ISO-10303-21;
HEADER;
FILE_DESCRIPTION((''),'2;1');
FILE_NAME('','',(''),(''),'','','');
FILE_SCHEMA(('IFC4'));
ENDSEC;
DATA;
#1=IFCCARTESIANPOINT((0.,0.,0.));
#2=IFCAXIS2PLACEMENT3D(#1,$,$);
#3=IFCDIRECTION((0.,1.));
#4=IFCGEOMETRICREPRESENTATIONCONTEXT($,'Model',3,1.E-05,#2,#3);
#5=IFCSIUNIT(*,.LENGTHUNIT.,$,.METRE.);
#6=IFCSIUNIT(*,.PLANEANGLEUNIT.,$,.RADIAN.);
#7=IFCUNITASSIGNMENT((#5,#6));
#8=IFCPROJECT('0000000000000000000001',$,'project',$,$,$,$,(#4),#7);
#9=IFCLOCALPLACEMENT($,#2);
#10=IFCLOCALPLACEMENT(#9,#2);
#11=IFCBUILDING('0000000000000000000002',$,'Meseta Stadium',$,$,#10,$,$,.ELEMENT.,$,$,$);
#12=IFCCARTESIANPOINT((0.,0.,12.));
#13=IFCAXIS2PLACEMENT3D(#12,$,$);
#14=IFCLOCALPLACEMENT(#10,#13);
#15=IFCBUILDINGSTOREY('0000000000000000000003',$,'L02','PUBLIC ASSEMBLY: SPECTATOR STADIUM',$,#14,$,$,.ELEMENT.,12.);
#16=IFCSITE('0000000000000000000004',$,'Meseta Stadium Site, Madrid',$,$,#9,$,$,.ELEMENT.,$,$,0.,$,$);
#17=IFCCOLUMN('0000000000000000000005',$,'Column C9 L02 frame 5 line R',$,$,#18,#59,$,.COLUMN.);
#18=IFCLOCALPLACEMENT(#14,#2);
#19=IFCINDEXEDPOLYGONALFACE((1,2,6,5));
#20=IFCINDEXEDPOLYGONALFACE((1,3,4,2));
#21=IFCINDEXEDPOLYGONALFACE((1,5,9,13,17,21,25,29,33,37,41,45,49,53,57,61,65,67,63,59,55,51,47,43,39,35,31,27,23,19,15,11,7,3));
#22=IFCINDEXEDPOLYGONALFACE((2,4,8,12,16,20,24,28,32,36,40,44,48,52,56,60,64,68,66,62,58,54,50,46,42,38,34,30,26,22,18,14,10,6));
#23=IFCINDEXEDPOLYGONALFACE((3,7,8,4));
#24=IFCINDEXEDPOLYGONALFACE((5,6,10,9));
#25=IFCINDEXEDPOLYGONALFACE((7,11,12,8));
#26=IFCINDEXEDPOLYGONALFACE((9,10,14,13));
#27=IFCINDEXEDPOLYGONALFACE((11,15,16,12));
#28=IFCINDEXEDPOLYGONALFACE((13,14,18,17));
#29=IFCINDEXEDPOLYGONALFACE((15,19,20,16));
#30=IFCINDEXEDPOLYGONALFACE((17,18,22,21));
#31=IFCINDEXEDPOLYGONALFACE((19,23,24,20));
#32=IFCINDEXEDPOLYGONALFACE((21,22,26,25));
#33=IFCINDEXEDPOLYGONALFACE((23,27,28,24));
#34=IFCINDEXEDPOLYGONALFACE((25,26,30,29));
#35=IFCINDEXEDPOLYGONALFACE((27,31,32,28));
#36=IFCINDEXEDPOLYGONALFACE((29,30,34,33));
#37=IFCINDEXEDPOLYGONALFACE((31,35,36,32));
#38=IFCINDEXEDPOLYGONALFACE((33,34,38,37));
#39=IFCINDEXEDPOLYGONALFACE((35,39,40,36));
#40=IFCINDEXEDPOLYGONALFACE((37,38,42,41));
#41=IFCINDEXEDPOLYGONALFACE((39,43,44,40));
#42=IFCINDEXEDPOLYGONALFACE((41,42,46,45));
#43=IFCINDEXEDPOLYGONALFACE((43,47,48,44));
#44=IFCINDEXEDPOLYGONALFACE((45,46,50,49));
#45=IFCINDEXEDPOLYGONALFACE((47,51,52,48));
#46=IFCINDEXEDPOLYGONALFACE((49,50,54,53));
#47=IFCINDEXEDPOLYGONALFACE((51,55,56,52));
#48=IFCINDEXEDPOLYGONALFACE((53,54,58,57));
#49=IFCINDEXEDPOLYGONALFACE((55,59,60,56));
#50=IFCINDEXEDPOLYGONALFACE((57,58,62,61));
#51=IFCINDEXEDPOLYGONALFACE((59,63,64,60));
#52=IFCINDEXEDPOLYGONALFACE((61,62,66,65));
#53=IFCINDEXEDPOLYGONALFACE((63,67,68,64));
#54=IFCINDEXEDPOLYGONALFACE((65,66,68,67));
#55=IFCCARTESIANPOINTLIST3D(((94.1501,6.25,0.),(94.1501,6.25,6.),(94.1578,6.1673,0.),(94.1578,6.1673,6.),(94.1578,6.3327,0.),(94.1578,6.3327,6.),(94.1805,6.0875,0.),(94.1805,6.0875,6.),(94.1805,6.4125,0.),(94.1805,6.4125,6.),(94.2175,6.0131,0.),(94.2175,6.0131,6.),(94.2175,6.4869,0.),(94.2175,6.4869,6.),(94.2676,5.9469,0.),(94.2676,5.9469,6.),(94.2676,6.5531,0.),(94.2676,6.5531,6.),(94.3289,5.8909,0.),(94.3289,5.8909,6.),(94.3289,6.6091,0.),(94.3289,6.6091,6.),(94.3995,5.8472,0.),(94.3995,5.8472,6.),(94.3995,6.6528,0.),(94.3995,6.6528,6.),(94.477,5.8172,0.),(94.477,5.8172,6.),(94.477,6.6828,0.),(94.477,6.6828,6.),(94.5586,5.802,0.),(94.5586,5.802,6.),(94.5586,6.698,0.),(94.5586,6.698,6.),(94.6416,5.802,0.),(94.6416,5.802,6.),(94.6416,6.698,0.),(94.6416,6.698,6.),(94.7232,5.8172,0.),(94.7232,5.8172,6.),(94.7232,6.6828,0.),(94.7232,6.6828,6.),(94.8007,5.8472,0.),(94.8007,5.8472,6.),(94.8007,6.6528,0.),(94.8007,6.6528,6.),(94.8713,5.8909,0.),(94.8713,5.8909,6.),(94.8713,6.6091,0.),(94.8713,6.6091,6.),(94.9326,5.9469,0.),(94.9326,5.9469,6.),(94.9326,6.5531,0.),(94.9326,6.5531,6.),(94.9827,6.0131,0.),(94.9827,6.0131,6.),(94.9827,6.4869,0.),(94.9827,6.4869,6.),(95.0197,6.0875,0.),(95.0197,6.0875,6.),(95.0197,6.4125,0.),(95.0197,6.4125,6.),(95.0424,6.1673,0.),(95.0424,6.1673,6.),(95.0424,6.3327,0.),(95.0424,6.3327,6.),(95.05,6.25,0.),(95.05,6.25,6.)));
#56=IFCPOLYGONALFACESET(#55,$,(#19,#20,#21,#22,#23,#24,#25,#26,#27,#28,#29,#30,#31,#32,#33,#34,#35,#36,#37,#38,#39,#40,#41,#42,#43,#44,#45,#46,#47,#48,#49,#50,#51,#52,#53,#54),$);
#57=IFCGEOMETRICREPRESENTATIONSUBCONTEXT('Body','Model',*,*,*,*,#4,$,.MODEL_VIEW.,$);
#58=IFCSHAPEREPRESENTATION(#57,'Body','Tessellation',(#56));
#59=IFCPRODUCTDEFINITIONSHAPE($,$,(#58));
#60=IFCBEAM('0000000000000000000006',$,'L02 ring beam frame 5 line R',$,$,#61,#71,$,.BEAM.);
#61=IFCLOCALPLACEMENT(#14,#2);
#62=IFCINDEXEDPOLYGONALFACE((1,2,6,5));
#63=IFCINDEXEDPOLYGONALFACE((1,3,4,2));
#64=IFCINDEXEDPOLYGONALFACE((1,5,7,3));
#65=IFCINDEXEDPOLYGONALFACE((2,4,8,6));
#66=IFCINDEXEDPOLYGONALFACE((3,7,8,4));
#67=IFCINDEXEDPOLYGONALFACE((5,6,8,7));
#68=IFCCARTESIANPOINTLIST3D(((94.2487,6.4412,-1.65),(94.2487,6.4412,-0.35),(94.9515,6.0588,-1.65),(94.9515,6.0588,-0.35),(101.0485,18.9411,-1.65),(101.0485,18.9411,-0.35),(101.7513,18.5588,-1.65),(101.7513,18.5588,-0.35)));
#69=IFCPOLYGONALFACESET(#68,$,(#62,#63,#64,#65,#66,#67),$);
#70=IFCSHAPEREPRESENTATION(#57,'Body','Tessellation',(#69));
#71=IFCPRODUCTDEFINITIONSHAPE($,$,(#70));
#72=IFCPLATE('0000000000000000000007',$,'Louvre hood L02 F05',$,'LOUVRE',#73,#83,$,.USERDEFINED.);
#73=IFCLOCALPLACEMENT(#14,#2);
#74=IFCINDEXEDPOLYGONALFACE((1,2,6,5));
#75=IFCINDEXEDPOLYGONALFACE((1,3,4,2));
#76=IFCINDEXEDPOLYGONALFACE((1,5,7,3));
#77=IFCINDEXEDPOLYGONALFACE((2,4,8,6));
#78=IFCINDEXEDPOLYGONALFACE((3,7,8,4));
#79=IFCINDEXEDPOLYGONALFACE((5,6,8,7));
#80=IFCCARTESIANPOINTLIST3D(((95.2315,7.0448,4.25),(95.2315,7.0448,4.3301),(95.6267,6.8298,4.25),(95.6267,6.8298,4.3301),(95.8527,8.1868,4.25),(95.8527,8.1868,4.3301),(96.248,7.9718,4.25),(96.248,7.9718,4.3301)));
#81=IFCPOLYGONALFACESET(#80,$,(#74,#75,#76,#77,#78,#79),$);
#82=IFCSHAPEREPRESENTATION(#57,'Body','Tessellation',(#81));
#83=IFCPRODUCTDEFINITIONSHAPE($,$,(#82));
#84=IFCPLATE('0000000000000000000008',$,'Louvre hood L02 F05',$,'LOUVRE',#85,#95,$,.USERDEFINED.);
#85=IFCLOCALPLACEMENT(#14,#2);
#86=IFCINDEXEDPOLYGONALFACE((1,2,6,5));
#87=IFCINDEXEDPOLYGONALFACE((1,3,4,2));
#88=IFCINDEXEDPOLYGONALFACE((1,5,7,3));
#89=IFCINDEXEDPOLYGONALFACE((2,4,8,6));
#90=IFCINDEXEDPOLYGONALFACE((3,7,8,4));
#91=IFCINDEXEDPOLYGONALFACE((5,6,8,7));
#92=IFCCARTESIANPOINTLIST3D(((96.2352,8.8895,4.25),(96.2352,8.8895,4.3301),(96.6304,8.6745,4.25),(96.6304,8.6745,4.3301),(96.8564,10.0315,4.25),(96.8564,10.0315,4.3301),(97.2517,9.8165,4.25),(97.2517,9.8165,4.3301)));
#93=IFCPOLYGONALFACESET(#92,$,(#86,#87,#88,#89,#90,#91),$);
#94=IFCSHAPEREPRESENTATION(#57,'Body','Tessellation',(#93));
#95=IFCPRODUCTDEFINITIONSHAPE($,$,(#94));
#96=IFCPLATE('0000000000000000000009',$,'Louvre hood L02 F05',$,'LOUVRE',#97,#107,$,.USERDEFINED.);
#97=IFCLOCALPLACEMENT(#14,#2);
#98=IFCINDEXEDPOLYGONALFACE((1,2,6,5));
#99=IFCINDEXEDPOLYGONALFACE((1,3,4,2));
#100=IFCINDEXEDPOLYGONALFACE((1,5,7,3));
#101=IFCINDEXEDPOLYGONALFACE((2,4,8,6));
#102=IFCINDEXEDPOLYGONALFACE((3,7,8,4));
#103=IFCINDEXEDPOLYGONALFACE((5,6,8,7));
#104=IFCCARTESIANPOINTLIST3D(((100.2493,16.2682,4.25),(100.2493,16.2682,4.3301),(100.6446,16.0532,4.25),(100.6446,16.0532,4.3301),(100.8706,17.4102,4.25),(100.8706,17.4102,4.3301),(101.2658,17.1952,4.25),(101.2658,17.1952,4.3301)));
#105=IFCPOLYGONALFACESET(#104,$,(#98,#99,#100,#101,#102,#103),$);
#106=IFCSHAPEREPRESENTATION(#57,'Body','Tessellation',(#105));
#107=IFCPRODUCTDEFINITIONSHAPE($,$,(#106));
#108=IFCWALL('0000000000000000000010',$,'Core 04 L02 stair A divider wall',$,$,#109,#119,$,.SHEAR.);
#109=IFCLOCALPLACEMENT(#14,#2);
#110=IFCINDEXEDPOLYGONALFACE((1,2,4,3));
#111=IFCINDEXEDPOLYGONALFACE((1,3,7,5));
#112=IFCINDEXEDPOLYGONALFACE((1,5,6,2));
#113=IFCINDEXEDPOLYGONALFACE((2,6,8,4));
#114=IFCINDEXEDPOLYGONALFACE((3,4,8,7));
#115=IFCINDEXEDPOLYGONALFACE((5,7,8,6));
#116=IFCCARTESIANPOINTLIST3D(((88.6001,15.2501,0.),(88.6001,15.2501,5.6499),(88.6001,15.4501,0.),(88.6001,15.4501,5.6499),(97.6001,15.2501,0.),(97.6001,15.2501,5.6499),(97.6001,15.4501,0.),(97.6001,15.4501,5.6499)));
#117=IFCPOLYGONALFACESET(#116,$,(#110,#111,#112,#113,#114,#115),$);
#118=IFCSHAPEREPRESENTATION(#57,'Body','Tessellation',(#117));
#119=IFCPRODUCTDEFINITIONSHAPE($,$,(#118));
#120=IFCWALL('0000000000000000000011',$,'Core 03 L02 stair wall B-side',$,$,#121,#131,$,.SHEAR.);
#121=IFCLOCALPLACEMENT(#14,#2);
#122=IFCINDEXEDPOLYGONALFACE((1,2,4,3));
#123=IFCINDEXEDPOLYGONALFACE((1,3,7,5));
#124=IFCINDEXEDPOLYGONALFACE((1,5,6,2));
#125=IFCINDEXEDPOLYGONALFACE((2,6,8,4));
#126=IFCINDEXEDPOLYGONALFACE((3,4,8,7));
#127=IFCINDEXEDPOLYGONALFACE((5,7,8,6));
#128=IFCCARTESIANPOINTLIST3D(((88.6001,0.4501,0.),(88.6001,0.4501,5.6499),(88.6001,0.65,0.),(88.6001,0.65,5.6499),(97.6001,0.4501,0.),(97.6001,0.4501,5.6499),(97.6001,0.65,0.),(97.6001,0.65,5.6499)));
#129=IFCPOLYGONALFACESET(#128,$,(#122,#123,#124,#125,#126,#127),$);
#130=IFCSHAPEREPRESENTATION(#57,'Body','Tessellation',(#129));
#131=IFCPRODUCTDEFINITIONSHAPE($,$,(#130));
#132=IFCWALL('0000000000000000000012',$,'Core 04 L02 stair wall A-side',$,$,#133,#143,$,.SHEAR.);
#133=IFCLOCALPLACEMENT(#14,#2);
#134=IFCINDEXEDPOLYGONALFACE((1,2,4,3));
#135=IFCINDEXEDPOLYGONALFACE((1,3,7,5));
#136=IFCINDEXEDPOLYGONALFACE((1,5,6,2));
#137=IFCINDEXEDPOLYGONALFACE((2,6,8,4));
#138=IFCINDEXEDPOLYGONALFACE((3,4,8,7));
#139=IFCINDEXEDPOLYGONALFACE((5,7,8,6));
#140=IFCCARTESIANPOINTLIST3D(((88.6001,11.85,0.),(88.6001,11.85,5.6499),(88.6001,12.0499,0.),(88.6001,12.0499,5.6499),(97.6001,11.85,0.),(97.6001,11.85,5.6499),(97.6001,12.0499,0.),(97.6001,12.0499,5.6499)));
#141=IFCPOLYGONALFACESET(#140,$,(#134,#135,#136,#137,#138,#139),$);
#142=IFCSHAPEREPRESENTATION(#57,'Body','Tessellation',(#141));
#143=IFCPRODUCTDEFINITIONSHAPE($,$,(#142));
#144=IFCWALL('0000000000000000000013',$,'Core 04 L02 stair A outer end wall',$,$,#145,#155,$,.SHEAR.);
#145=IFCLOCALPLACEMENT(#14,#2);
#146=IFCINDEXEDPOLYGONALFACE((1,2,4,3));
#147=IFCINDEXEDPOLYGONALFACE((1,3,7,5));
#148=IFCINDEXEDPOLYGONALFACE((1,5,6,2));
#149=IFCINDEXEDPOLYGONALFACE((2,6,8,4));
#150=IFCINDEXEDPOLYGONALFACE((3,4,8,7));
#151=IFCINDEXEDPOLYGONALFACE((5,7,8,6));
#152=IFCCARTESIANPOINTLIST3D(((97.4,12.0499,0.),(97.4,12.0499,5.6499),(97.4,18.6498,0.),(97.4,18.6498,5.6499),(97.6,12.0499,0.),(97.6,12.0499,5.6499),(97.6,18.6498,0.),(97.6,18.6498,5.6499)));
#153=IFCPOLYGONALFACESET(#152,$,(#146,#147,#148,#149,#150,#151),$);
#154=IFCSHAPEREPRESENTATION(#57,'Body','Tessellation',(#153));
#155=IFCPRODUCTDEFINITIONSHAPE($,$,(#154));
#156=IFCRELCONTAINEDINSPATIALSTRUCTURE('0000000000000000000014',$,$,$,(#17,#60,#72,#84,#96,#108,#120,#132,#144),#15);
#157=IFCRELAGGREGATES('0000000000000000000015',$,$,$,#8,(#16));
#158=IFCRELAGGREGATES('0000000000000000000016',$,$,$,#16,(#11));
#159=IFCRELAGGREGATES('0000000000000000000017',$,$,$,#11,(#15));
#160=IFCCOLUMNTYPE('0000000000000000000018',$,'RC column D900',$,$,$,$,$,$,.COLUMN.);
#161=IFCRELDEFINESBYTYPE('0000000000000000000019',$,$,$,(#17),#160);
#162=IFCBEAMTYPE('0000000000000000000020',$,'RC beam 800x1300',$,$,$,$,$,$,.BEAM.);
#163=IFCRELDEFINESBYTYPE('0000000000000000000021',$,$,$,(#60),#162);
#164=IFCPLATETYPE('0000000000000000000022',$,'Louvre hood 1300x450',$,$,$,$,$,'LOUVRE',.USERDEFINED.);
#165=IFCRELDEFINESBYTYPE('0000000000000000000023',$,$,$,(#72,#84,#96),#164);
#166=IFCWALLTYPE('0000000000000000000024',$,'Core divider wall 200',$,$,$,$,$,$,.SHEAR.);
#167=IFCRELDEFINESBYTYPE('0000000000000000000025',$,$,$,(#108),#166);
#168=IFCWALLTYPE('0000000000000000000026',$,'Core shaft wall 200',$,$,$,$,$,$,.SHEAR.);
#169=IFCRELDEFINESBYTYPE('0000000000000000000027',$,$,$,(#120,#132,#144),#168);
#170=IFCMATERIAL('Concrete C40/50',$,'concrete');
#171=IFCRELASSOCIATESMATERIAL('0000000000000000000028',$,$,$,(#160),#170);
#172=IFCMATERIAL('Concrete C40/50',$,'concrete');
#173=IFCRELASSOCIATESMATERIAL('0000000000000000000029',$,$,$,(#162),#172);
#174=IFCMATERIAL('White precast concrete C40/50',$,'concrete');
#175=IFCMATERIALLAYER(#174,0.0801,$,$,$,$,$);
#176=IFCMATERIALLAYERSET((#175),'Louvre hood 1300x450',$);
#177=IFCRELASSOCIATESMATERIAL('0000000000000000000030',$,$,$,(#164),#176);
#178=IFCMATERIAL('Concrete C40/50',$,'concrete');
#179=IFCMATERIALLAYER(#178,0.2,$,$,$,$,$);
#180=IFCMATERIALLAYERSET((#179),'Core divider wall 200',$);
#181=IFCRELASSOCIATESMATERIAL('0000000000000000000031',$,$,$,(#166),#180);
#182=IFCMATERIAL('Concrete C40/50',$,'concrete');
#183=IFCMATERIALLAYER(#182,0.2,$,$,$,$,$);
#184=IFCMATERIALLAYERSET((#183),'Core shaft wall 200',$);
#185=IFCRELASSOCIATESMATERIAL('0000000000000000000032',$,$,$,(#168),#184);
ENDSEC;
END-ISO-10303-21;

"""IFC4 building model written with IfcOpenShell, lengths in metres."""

from ifc_helpers import new_model, si_unit, direction, frame, frame_2d, origin, origin_2d, place, context, subcontext, project, spatial, rectangle, circle, extrude, material, layer, layer_set, material_profile, profile_set, type_object, element, save


model = new_model("IFC4")

# Units and contexts
model_context = context("Model", 3, precision=1e-05, world=origin(), true_north=direction((0.0, 1.0)))
body_context = subcontext(model_context, "Body", "Model", "MODEL_VIEW")
ifc_project = project(units=[si_unit("LENGTHUNIT", "METRE"), si_unit("PLANEANGLEUNIT", "RADIAN")], contexts=[model_context])

# Site, building, storey
site_placement = place(None, origin())
site = spatial("IfcSite", under=ifc_project, at=site_placement, Name="Meseta Stadium Site, Madrid", CompositionType="ELEMENT", RefElevation=0.0)
building_placement = place(site_placement, origin())
building = spatial("IfcBuilding", under=site, at=building_placement, Name="Meseta Stadium", CompositionType="ELEMENT")
storey_placement = place(building_placement, frame((0.0, 0.0, 12.0)))
storey = spatial("IfcBuildingStorey", under=building, at=storey_placement, Name="L02", Description="PUBLIC ASSEMBLY: SPECTATOR STADIUM", CompositionType="ELEMENT", Elevation=12.0)

# Column
ifc_material_1 = material(Name="Concrete C40/50", Category="concrete")
ifc_material_profile_1 = material_profile(ifc_material_1, circle(Radius=0.45, at=origin_2d()), Name="RC D900")
ifc_profile_set_1 = profile_set([ifc_material_profile_1], Name="Concrete C40/50")
column_type = type_object("IfcColumnType", Name="RC column D900", PredefinedType="COLUMN", material=ifc_profile_set_1)
column_placement = place(storey_placement, frame((94.6001, 6.25, 0.0), z_axis=(0.0, 0.0, 1.0), x_axis=(1.0, 0.0, 0.0)))
element("IfcColumn", 1, at=column_placement, inside=storey, type_object=column_type, Name="Column C9 L02 frame 5 line R", PredefinedType="COLUMN", context=body_context, shape_type="SweptSolid", body=[
    extrude(circle(Radius=0.45, at=origin_2d()), origin(), (0.0, 0.0, 1.0), 6.0),
])

# Beam
ifc_material_2 = material(Name="Concrete C40/50", Category="concrete")
ifc_material_profile_2 = material_profile(ifc_material_2, rectangle(XDim=0.8, YDim=1.3, at=origin_2d()), Name="RC 800x1300")
ifc_profile_set_2 = profile_set([ifc_material_profile_2], Name="Concrete C40/50")
beam_type = type_object("IfcBeamType", Name="RC beam 800x1300", PredefinedType="BEAM", material=ifc_profile_set_2)
beam_placement = place(storey_placement, frame((94.6001, 6.25, -1.0), z_axis=(0.477856, 0.878438, 0.0), x_axis=(-0.878438, 0.477856, 0.0)))
element("IfcBeam", 2, at=beam_placement, inside=storey, type_object=beam_type, Name="L02 ring beam frame 5 line R", PredefinedType="BEAM", context=body_context, shape_type="SweptSolid", body=[
    extrude(rectangle(XDim=0.8, YDim=1.3, at=origin_2d()), origin(), (0.0, 0.0, 1.0), 14.2297),
])

# Plates
ifc_material_3 = material(Name="White precast concrete C40/50", Category="concrete")
ifc_layer_1 = layer(ifc_material_3, 0.0801)
ifc_layer_set_1 = layer_set([ifc_layer_1], Name="Louvre hood 1300x450")
plate_type = type_object("IfcPlateType", Name="Louvre hood 1300x450", ElementType="LOUVRE", PredefinedType="USERDEFINED", material=ifc_layer_set_1)
for number, where, z_axis, x_axis, name in (
    (3, (95.7397, 7.5083, 4.25), (0.0, 0.0, 1.0), (0.477867, 0.878432, 0.0), "Louvre hood L02 F05"),
    (4, (96.7434, 9.353, 4.25), (0.0, 0.0, 1.0), (0.477867, 0.878432, 0.0), "Louvre hood L02 F05"),
    (5, (100.7576, 16.7317, 4.25), (0.0, 0.0, 1.0), (0.477867, 0.878432, 0.0), "Louvre hood L02 F05"),
):
    element("IfcPlate", number, at=place(storey_placement, frame(where, z_axis=z_axis, x_axis=x_axis)), inside=storey, type_object=plate_type, Name=name, ObjectType="LOUVRE", PredefinedType="USERDEFINED", context=body_context, shape_type="SweptSolid", body=[
        extrude(rectangle(XDim=1.3, YDim=0.45, at=origin_2d()), origin(), (0.0, 0.0, 1.0), 0.0801),
    ])

# Walls
ifc_material_4 = material(Name="Concrete C40/50", Category="concrete")
ifc_layer_2 = layer(ifc_material_4, 0.2)
ifc_layer_set_2 = layer_set([ifc_layer_2], Name="Core divider wall 200")
wall_type_1 = type_object("IfcWallType", Name="Core divider wall 200", PredefinedType="SHEAR", material=ifc_layer_set_2)
wall_1_placement = place(storey_placement, frame((97.6001, 15.3501, 0.0), z_axis=(0.0, 0.0, 1.0), x_axis=(-1.0, 0.0, 0.0)))
element("IfcWall", 6, at=wall_1_placement, inside=storey, type_object=wall_type_1, Name="Core 04 L02 stair A divider wall", PredefinedType="SHEAR", context=body_context, shape_type="SweptSolid", body=[
    extrude(rectangle(XDim=9.0, YDim=0.2, at=frame_2d((4.5, 0.0))), origin(), (0.0, 0.0, 1.0), 5.6499),
])
ifc_material_5 = material(Name="Concrete C40/50", Category="concrete")
ifc_layer_3 = layer(ifc_material_5, 0.2)
ifc_layer_set_3 = layer_set([ifc_layer_3], Name="Core shaft wall 200")
wall_type_2 = type_object("IfcWallType", Name="Core shaft wall 200", PredefinedType="SHEAR", material=ifc_layer_set_3)
for number, where, z_axis, x_axis, name in (
    (7, (97.6001, 0.55, 0.0), (0.0, 0.0, 1.0), (-1.0, 0.0, 0.0), "Core 03 L02 stair wall B-side"),
    (8, (97.6001, 11.95, 0.0), (0.0, 0.0, 1.0), (-1.0, 0.0, 0.0), "Core 04 L02 stair wall A-side"),
):
    element("IfcWall", number, at=place(storey_placement, frame(where, z_axis=z_axis, x_axis=x_axis)), inside=storey, type_object=wall_type_2, Name=name, PredefinedType="SHEAR", context=body_context, shape_type="SweptSolid", body=[
        extrude(rectangle(XDim=9.0, YDim=0.2, at=frame_2d((4.5, 0.0))), origin(), (0.0, 0.0, 1.0), 5.6499),
    ])
wall_2_placement = place(storey_placement, frame((97.5, 12.05, 0.0), z_axis=(0.0, 0.0, 1.0), x_axis=(0.0, 1.0, 0.0)))
element("IfcWall", 9, at=wall_2_placement, inside=storey, type_object=wall_type_2, Name="Core 04 L02 stair A outer end wall", PredefinedType="SHEAR", context=body_context, shape_type="SweptSolid", body=[
    extrude(rectangle(XDim=6.5999, YDim=0.2, at=frame_2d((3.2998, 0.0))), origin(), (0.0, 0.0, 1.0), 5.6499),
])

save(model, "model.ifc")
